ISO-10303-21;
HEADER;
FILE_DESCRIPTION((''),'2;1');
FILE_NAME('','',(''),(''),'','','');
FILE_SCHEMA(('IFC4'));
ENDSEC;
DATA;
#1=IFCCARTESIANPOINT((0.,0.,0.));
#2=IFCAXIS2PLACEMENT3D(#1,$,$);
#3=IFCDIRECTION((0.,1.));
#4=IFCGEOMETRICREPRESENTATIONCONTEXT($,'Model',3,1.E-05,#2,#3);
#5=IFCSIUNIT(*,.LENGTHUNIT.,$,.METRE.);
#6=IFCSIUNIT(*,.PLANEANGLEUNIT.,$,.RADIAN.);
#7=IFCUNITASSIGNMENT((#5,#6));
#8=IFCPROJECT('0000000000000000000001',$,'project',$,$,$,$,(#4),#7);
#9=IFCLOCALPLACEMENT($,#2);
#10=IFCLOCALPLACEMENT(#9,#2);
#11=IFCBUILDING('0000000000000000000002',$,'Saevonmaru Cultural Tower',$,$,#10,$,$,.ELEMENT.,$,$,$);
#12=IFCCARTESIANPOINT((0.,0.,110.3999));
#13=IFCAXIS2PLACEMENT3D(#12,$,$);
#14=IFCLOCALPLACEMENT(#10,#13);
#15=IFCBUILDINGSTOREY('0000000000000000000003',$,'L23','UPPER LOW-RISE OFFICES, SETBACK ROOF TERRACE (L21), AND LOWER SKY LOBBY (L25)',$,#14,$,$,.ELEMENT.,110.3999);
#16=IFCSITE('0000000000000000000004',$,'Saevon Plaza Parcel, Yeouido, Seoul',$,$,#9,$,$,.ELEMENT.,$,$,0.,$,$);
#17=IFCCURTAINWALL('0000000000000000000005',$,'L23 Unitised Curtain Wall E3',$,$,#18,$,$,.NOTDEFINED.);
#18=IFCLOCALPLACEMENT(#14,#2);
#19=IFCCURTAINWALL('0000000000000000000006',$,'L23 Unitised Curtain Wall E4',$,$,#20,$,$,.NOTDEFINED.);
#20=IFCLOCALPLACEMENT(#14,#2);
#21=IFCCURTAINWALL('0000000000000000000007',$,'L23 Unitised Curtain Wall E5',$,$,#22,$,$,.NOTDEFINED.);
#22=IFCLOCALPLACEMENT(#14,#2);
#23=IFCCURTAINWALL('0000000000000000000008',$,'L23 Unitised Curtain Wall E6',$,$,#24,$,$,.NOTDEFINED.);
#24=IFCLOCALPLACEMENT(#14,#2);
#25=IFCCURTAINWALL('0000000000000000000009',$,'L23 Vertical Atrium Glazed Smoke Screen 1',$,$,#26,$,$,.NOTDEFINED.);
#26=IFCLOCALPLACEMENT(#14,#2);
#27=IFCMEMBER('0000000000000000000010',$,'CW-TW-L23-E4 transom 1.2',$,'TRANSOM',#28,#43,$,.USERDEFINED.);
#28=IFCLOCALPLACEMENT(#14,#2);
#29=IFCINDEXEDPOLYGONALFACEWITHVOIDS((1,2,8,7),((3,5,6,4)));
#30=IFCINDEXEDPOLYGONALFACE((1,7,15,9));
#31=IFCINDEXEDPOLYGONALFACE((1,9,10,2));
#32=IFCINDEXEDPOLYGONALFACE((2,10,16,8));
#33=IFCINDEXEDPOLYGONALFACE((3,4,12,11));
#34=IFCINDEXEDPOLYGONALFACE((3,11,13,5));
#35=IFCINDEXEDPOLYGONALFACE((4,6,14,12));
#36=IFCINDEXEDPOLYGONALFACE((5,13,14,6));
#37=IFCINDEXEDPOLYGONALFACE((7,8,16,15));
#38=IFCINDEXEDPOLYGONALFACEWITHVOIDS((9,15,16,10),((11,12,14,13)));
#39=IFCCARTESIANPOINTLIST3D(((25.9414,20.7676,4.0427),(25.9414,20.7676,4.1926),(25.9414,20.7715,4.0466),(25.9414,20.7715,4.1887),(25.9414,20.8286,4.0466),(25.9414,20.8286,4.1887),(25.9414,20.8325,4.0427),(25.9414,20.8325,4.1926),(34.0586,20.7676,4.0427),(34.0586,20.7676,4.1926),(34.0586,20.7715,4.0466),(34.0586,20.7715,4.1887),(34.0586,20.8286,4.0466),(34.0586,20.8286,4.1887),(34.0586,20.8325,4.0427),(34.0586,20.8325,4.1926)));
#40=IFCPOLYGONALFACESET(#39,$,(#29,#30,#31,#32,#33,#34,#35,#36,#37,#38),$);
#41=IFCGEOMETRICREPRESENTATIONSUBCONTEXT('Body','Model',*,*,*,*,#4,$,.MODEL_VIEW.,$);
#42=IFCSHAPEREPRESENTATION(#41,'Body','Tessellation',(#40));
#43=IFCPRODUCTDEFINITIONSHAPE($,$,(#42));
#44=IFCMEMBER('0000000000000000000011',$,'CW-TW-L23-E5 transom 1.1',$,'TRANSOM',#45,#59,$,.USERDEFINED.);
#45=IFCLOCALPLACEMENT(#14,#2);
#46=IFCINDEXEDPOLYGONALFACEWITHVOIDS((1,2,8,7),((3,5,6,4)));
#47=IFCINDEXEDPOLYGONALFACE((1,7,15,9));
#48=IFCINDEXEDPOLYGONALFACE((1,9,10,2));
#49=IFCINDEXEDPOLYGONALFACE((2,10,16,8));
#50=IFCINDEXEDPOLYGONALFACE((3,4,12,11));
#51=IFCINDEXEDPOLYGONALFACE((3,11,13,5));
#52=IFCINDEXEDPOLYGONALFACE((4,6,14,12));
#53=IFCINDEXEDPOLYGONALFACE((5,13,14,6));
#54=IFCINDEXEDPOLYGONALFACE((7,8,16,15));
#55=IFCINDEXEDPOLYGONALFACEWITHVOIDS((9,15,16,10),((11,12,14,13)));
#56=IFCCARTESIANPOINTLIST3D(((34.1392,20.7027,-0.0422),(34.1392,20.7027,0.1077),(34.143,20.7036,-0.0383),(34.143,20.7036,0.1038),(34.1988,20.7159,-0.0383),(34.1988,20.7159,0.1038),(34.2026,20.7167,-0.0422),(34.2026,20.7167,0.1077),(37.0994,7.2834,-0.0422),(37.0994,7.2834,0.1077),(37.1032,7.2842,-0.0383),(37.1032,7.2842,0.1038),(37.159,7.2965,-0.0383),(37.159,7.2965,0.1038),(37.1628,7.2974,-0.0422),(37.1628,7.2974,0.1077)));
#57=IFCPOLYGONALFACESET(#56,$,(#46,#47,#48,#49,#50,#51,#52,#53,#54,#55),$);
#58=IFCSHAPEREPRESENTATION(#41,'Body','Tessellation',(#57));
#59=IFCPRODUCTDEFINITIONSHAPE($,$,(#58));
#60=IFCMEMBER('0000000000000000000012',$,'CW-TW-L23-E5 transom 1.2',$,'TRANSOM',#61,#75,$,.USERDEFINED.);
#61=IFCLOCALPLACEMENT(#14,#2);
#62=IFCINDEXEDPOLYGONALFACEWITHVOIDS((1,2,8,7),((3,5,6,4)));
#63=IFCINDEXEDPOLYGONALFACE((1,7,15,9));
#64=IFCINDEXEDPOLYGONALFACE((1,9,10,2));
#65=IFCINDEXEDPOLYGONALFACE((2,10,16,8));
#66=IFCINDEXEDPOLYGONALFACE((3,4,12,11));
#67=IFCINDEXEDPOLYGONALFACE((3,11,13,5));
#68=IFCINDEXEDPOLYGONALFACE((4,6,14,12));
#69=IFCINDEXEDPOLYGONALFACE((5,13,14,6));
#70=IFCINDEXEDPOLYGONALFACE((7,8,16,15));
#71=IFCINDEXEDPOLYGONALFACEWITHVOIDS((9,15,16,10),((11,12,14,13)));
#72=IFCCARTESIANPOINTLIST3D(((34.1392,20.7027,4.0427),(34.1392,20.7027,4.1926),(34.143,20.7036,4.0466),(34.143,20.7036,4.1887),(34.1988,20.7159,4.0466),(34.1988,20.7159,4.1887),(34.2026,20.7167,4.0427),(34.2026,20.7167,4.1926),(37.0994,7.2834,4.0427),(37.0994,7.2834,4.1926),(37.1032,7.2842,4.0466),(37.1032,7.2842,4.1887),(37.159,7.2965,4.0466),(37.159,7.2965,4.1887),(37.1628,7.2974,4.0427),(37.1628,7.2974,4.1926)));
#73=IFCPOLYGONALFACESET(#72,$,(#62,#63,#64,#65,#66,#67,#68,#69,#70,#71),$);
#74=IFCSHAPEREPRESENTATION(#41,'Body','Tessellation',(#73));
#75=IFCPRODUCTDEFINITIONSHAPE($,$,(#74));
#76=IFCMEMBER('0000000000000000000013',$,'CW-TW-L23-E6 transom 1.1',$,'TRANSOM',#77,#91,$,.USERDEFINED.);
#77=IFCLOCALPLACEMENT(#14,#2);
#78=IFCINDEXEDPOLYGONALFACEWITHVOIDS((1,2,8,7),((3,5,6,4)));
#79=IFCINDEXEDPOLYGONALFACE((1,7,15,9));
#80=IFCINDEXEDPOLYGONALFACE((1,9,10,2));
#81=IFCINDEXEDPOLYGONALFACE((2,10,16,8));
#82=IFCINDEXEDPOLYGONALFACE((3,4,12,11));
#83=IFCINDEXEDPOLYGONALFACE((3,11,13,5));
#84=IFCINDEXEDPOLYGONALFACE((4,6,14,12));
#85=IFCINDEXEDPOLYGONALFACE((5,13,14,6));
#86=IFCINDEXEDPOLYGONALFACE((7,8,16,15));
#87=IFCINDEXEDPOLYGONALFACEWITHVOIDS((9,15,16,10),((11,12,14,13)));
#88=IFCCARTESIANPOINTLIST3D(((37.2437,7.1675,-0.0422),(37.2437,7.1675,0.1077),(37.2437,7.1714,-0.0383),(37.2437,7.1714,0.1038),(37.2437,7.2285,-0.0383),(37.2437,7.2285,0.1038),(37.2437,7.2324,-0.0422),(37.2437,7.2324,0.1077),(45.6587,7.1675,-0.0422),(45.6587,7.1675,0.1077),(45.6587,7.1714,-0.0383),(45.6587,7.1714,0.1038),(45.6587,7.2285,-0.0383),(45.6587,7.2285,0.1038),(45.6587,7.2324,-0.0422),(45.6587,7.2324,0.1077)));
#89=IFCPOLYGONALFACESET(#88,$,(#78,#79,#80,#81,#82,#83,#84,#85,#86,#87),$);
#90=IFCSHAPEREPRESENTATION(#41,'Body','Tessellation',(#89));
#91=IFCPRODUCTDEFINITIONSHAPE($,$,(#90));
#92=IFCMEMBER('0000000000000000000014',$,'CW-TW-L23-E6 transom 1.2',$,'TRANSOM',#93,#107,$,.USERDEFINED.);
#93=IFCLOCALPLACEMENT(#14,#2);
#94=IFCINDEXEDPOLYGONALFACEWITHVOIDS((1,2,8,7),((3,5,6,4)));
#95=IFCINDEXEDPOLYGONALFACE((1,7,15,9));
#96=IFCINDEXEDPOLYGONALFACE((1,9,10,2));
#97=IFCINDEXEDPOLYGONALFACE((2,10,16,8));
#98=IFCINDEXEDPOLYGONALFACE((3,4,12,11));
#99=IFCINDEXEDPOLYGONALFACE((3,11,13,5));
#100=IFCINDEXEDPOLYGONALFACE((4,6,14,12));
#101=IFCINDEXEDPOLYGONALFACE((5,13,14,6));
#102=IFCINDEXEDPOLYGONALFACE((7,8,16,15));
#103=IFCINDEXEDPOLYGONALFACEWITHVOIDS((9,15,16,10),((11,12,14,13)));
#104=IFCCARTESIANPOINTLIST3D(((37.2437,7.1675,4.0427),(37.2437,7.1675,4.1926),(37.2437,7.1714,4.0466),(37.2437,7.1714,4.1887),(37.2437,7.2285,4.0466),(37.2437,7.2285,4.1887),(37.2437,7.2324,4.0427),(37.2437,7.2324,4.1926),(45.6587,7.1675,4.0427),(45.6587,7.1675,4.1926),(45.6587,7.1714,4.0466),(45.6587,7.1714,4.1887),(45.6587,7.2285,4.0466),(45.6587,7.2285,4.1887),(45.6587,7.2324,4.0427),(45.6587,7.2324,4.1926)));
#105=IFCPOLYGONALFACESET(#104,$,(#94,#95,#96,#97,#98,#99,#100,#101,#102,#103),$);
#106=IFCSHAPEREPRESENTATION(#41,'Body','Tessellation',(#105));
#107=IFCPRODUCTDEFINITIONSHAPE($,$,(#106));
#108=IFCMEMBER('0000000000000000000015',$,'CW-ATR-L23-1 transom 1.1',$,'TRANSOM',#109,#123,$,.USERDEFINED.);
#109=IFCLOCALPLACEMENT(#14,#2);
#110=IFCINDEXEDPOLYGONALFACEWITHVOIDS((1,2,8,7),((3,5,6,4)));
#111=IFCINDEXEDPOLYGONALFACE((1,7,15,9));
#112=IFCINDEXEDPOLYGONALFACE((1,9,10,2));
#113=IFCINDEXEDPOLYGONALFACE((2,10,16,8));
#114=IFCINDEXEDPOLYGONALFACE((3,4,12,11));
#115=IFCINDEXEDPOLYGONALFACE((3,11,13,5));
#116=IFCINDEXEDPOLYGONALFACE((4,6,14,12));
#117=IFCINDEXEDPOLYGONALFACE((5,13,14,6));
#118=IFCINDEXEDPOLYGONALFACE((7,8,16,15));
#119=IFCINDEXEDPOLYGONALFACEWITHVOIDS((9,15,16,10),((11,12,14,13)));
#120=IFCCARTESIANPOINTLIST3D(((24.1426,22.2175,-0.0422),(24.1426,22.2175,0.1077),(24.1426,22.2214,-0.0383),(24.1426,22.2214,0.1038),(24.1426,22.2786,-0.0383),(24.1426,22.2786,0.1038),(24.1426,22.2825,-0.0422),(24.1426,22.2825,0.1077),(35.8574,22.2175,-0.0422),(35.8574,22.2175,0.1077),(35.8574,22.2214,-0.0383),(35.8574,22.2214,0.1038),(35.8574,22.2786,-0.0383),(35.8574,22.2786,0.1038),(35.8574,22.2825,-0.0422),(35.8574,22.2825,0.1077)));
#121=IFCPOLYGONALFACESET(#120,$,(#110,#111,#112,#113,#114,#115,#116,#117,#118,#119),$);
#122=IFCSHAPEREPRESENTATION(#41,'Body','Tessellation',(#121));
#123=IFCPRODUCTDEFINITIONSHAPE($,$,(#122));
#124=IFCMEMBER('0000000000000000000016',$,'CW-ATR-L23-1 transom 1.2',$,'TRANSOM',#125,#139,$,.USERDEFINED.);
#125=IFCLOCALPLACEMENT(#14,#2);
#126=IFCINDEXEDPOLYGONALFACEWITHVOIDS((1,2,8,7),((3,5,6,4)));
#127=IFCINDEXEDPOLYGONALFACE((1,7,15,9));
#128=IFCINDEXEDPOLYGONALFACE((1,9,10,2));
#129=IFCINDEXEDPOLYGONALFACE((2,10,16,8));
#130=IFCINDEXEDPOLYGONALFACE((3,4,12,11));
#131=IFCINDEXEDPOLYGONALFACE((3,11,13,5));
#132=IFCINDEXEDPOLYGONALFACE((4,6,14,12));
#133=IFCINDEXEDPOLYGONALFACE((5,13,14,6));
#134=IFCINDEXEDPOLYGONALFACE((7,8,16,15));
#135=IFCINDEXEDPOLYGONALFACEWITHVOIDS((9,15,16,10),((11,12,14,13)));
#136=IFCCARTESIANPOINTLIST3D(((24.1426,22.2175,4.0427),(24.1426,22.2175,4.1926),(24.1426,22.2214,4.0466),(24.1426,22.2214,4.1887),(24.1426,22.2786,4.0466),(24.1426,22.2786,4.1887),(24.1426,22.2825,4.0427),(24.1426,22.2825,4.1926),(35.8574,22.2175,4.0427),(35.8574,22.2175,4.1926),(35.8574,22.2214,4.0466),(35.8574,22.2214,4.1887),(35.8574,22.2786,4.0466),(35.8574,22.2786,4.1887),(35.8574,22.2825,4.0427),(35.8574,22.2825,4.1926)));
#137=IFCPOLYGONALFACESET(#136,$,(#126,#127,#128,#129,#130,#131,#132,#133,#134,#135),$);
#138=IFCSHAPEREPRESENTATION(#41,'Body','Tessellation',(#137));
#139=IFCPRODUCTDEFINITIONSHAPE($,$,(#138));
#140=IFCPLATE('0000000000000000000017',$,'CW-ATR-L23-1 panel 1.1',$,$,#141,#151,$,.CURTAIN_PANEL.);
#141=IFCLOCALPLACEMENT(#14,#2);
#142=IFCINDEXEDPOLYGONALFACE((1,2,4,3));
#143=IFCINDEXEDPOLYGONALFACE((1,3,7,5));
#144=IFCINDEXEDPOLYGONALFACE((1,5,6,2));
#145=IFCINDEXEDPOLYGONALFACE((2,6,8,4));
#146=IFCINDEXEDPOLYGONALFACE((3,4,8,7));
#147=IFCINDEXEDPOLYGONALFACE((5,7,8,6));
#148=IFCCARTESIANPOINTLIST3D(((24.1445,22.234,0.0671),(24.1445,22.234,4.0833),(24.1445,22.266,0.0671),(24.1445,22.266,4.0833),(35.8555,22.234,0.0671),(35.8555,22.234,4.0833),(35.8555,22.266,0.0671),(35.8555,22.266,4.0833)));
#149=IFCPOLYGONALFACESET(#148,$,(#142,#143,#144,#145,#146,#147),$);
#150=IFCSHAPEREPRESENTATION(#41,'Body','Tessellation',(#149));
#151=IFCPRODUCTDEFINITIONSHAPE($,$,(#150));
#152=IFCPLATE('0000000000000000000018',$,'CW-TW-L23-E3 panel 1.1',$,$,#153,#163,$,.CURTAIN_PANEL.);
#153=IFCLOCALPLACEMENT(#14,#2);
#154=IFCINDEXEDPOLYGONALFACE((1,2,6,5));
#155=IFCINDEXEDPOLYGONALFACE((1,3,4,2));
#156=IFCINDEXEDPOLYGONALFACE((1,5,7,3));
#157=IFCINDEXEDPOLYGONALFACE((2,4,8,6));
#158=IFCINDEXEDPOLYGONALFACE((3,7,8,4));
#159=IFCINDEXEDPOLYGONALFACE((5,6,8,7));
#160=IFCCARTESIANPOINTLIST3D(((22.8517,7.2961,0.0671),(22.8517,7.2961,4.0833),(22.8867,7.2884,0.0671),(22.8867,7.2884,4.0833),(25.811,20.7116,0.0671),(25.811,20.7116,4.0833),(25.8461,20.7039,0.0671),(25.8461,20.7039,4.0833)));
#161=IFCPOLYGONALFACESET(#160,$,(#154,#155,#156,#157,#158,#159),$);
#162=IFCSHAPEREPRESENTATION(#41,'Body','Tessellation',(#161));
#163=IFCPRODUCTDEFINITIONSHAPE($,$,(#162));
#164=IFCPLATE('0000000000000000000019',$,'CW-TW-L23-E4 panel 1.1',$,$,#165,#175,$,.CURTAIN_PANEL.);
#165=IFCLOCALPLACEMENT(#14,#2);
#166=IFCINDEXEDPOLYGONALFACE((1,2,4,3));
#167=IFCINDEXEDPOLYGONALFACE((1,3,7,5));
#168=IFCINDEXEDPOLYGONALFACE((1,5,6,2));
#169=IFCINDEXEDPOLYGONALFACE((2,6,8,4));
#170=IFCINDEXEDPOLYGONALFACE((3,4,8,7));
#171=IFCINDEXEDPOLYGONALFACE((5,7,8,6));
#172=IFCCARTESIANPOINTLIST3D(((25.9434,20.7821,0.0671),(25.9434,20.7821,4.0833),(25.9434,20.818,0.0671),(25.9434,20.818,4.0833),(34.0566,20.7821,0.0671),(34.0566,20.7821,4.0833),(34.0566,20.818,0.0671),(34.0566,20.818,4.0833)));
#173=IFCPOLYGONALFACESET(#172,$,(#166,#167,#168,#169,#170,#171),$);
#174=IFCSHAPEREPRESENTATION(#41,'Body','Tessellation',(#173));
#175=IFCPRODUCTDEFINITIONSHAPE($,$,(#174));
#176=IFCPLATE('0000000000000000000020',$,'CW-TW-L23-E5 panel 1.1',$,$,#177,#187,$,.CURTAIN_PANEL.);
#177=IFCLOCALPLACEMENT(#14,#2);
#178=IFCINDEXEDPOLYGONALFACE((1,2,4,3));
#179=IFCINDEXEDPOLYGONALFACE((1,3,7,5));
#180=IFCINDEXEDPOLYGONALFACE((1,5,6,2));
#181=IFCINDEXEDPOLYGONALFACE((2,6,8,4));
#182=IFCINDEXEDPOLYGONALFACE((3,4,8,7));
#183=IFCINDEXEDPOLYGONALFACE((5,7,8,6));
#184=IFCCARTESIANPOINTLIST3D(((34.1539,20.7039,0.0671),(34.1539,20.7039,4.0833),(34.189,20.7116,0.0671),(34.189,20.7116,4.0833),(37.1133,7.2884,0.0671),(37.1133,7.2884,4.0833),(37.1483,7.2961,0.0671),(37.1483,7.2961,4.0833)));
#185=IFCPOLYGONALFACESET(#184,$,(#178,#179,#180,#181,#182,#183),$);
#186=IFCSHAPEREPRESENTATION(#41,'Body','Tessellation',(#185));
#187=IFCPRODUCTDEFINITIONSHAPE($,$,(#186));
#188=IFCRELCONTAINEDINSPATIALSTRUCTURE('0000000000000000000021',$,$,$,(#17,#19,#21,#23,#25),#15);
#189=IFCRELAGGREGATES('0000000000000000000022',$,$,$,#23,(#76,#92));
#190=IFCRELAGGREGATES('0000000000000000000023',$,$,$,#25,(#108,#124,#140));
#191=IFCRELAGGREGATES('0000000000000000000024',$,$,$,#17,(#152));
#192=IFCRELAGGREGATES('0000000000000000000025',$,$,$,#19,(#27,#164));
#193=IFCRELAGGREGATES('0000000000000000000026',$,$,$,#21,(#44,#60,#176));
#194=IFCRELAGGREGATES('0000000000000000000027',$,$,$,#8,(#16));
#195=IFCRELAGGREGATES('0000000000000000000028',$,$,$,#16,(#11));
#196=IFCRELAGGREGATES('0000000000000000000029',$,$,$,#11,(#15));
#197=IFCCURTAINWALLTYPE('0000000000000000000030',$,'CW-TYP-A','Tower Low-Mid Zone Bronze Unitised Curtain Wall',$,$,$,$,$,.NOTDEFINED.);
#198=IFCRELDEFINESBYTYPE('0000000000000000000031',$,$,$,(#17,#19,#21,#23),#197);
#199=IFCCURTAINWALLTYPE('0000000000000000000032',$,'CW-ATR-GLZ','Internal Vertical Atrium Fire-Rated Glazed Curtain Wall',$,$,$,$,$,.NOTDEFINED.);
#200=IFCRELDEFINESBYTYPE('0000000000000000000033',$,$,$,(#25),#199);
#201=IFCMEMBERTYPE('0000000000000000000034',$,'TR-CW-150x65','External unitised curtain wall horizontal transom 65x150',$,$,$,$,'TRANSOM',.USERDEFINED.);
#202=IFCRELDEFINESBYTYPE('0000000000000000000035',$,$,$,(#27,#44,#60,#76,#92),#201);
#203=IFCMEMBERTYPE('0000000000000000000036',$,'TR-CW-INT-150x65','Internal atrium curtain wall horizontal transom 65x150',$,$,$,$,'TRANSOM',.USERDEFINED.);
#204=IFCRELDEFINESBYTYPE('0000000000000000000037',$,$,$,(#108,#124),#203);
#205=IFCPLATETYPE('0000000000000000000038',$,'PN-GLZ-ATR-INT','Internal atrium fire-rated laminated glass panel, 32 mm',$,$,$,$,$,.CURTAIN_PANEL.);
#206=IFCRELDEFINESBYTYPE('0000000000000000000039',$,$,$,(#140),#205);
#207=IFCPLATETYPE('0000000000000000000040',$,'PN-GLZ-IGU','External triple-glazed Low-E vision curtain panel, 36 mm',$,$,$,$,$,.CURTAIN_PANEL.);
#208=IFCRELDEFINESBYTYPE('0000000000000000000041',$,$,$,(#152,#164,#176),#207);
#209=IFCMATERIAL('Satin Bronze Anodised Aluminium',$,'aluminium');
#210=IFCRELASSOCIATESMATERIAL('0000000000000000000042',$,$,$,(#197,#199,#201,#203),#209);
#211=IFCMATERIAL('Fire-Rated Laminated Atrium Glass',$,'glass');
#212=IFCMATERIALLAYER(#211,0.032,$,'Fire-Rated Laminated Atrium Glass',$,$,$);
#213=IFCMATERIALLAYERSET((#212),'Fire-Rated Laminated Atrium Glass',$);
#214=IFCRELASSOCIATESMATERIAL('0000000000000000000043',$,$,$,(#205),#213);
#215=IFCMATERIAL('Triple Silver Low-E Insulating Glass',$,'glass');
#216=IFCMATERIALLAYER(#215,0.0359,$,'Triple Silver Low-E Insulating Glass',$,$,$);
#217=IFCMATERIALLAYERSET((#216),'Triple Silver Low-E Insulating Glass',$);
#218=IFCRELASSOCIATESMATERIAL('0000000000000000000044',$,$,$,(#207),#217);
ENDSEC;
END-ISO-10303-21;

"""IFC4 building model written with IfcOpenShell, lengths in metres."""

from ifc_helpers import new_model, si_unit, direction, frame, origin, origin_2d, place, context, subcontext, project, spatial, rectangle, hollow_rectangle, extrude, material, layer, layer_set, material_profile, profile_set, type_object, element, aggregate, save


model = new_model("IFC4")

# Units and contexts
model_context = context("Model", 3, precision=1e-05, world=origin(), true_north=direction((0.0, 1.0)))
body_context = subcontext(model_context, "Body", "Model", "MODEL_VIEW")
ifc_project = project(units=[si_unit("LENGTHUNIT", "METRE"), si_unit("PLANEANGLEUNIT", "RADIAN")], contexts=[model_context])

# Site, building, storey
site_placement = place(None, origin())
site = spatial("IfcSite", under=ifc_project, at=site_placement, Name="Saevon Plaza Parcel, Yeouido, Seoul", CompositionType="ELEMENT", RefElevation=0.0)
building_placement = place(site_placement, origin())
building = spatial("IfcBuilding", under=site, at=building_placement, Name="Saevonmaru Cultural Tower", CompositionType="ELEMENT")
storey_placement = place(building_placement, frame((0.0, 0.0, 110.3999)))
storey = spatial("IfcBuildingStorey", under=building, at=storey_placement, Name="L23", Description="UPPER LOW-RISE OFFICES, SETBACK ROOF TERRACE (L21), AND LOWER SKY LOBBY (L25)", CompositionType="ELEMENT", Elevation=110.3999)

# Curtain wall
ifc_material_1 = material(Name="Satin Bronze Anodised Aluminium", Category="aluminium")
curtain_wall_type_1 = type_object("IfcCurtainWallType", Name="CW-TYP-A", Description="Tower Low-Mid Zone Bronze Unitised Curtain Wall", PredefinedType="NOTDEFINED", material=ifc_material_1)
curtain_wall_1_placement = place(storey_placement, origin())
curtain_wall_1 = element("IfcCurtainWall", 1, at=curtain_wall_1_placement, inside=storey, type_object=curtain_wall_type_1, Name="L23 Unitised Curtain Wall E3", PredefinedType="NOTDEFINED")

# Curtain walls
curtain_wall_2_placement = place(storey_placement, origin())
curtain_wall_2 = element("IfcCurtainWall", 2, at=curtain_wall_2_placement, inside=storey, type_object=curtain_wall_type_1, Name="L23 Unitised Curtain Wall E4", PredefinedType="NOTDEFINED")
curtain_wall_3_placement = place(storey_placement, origin())
curtain_wall_3 = element("IfcCurtainWall", 3, at=curtain_wall_3_placement, inside=storey, type_object=curtain_wall_type_1, Name="L23 Unitised Curtain Wall E5", PredefinedType="NOTDEFINED")

# Curtain wall
curtain_wall_4_placement = place(storey_placement, origin())
curtain_wall_4 = element("IfcCurtainWall", 4, at=curtain_wall_4_placement, inside=storey, type_object=curtain_wall_type_1, Name="L23 Unitised Curtain Wall E6", PredefinedType="NOTDEFINED")

# Curtain wall
curtain_wall_type_2 = type_object("IfcCurtainWallType", Name="CW-ATR-GLZ", Description="Internal Vertical Atrium Fire-Rated Glazed Curtain Wall", PredefinedType="NOTDEFINED", material=ifc_material_1)
curtain_wall_5_placement = place(storey_placement, origin())
curtain_wall_5 = element("IfcCurtainWall", 5, at=curtain_wall_5_placement, inside=storey, type_object=curtain_wall_type_2, Name="L23 Vertical Atrium Glazed Smoke Screen 1", PredefinedType="NOTDEFINED")

# Members
ifc_material_profile_1 = material_profile(ifc_material_1, hollow_rectangle(XDim=0.0649, YDim=0.1499, WallThickness=0.0039, at=origin_2d()), Name="ALU-TRAN-150x65x4")
ifc_profile_set_1 = profile_set([ifc_material_profile_1], Name="Satin Bronze Anodised Aluminium")
member_type_1 = type_object("IfcMemberType", Name="TR-CW-150x65", Description="External unitised curtain wall horizontal transom 65x150", ElementType="TRANSOM", PredefinedType="USERDEFINED", material=ifc_profile_set_1)
member_1_placement = place(storey_placement, frame((25.9414, 20.8, 4.1177), z_axis=(1.0, 0.0, 0.0), x_axis=(0.0, 1.0, 0.0)))
member_1 = element("IfcMember", 6, at=member_1_placement, type_object=member_type_1, Name="CW-TW-L23-E4 transom 1.2", ObjectType="TRANSOM", PredefinedType="USERDEFINED", context=body_context, shape_type="SweptSolid", body=[
    extrude(hollow_rectangle(XDim=0.0649, YDim=0.1499, WallThickness=0.0039, at=origin_2d()), origin(), (0.0, 0.0, 1.0), 8.1172),
])
member_2_placement = place(storey_placement, frame((34.1709, 20.7097, 0.0327), z_axis=(0.215412, -0.976523, 0.0), x_axis=(0.976523, 0.215412, 0.0)))
member_2 = element("IfcMember", 7, at=member_2_placement, type_object=member_type_1, Name="CW-TW-L23-E5 transom 1.1", ObjectType="TRANSOM", PredefinedType="USERDEFINED", context=body_context, shape_type="SweptSolid", body=[
    extrude(hollow_rectangle(XDim=0.0649, YDim=0.1499, WallThickness=0.0039, at=origin_2d()), origin(), (0.0, 0.0, 1.0), 13.7419),
])
member_3_placement = place(storey_placement, frame((34.1709, 20.7097, 4.1177), z_axis=(0.215412, -0.976523, 0.0), x_axis=(0.976523, 0.215412, 0.0)))
member_3 = element("IfcMember", 8, at=member_3_placement, type_object=member_type_1, Name="CW-TW-L23-E5 transom 1.2", ObjectType="TRANSOM", PredefinedType="USERDEFINED", context=body_context, shape_type="SweptSolid", body=[
    extrude(hollow_rectangle(XDim=0.0649, YDim=0.1499, WallThickness=0.0039, at=origin_2d()), origin(), (0.0, 0.0, 1.0), 13.7419),
])
member_4_placement = place(storey_placement, frame((37.2437, 7.2, 0.0327), z_axis=(1.0, 0.0, 0.0), x_axis=(0.0, 1.0, 0.0)))
member_4 = element("IfcMember", 9, at=member_4_placement, type_object=member_type_1, Name="CW-TW-L23-E6 transom 1.1", ObjectType="TRANSOM", PredefinedType="USERDEFINED", context=body_context, shape_type="SweptSolid", body=[
    extrude(hollow_rectangle(XDim=0.0649, YDim=0.1499, WallThickness=0.0039, at=origin_2d()), origin(), (0.0, 0.0, 1.0), 8.415),
])
member_5_placement = place(storey_placement, frame((37.2437, 7.2, 4.1177), z_axis=(1.0, 0.0, 0.0), x_axis=(0.0, 1.0, 0.0)))
member_5 = element("IfcMember", 10, at=member_5_placement, type_object=member_type_1, Name="CW-TW-L23-E6 transom 1.2", ObjectType="TRANSOM", PredefinedType="USERDEFINED", context=body_context, shape_type="SweptSolid", body=[
    extrude(hollow_rectangle(XDim=0.0649, YDim=0.1499, WallThickness=0.0039, at=origin_2d()), origin(), (0.0, 0.0, 1.0), 8.415),
])
aggregate(curtain_wall_4, [member_4, member_5])
ifc_material_profile_2 = material_profile(ifc_material_1, hollow_rectangle(XDim=0.0649, YDim=0.1499, WallThickness=0.0039, at=origin_2d()), Name="ALU-TRAN-150x65x4")
ifc_profile_set_2 = profile_set([ifc_material_profile_2], Name="Satin Bronze Anodised Aluminium")
member_type_2 = type_object("IfcMemberType", Name="TR-CW-INT-150x65", Description="Internal atrium curtain wall horizontal transom 65x150", ElementType="TRANSOM", PredefinedType="USERDEFINED", material=ifc_profile_set_2)
member_6_placement = place(storey_placement, frame((24.1426, 22.25, 0.0327), z_axis=(1.0, 0.0, 0.0), x_axis=(0.0, 1.0, 0.0)))
member_6 = element("IfcMember", 11, at=member_6_placement, type_object=member_type_2, Name="CW-ATR-L23-1 transom 1.1", ObjectType="TRANSOM", PredefinedType="USERDEFINED", context=body_context, shape_type="SweptSolid", body=[
    extrude(hollow_rectangle(XDim=0.0649, YDim=0.1499, WallThickness=0.0039, at=origin_2d()), origin(), (0.0, 0.0, 1.0), 11.7148),
])
member_7_placement = place(storey_placement, frame((24.1426, 22.25, 4.1177), z_axis=(1.0, 0.0, 0.0), x_axis=(0.0, 1.0, 0.0)))
member_7 = element("IfcMember", 12, at=member_7_placement, type_object=member_type_2, Name="CW-ATR-L23-1 transom 1.2", ObjectType="TRANSOM", PredefinedType="USERDEFINED", context=body_context, shape_type="SweptSolid", body=[
    extrude(hollow_rectangle(XDim=0.0649, YDim=0.1499, WallThickness=0.0039, at=origin_2d()), origin(), (0.0, 0.0, 1.0), 11.7148),
])

# Plates
ifc_material_2 = material(Name="Fire-Rated Laminated Atrium Glass", Category="glass")
ifc_layer_1 = layer(ifc_material_2, 0.032, Name="Fire-Rated Laminated Atrium Glass")
ifc_layer_set_1 = layer_set([ifc_layer_1], Name="Fire-Rated Laminated Atrium Glass")
plate_type_1 = type_object("IfcPlateType", Name="PN-GLZ-ATR-INT", Description="Internal atrium fire-rated laminated glass panel, 32 mm", PredefinedType="CURTAIN_PANEL", material=ifc_layer_set_1)
plate_1_placement = place(storey_placement, frame((30.0, 22.25, 0.0671), z_axis=(0.0, 0.0, 1.0), x_axis=(1.0, 0.0, 0.0)))
plate_1 = element("IfcPlate", 13, at=plate_1_placement, type_object=plate_type_1, Name="CW-ATR-L23-1 panel 1.1", PredefinedType="CURTAIN_PANEL", context=body_context, shape_type="SweptSolid", body=[
    extrude(rectangle(XDim=11.7109, YDim=0.032, at=origin_2d()), origin(), (0.0, 0.0, 1.0), 4.0161),
])
aggregate(curtain_wall_5, [member_6, member_7, plate_1])
ifc_material_3 = material(Name="Triple Silver Low-E Insulating Glass", Category="glass")
ifc_layer_2 = layer(ifc_material_3, 0.0359, Name="Triple Silver Low-E Insulating Glass")
ifc_layer_set_2 = layer_set([ifc_layer_2], Name="Triple Silver Low-E Insulating Glass")
plate_type_2 = type_object("IfcPlateType", Name="PN-GLZ-IGU", Description="External triple-glazed Low-E vision curtain panel, 36 mm", PredefinedType="CURTAIN_PANEL", material=ifc_layer_set_2)
plate_2_placement = place(storey_placement, frame((24.3489, 14.0, 0.0671), z_axis=(0.0, 0.0, 1.0), x_axis=(0.215413, 0.976523, 0.0)))
plate_2 = element("IfcPlate", 14, at=plate_2_placement, type_object=plate_type_2, Name="CW-TW-L23-E3 panel 1.1", PredefinedType="CURTAIN_PANEL", context=body_context, shape_type="SweptSolid", body=[
    extrude(rectangle(XDim=13.738, YDim=0.0359, at=origin_2d()), origin(), (0.0, 0.0, 1.0), 4.0161),
])
aggregate(curtain_wall_1, [plate_2])
plate_3_placement = place(storey_placement, frame((30.0, 20.8, 0.0671), z_axis=(0.0, 0.0, 1.0), x_axis=(1.0, 0.0, 0.0)))
plate_3 = element("IfcPlate", 15, at=plate_3_placement, type_object=plate_type_2, Name="CW-TW-L23-E4 panel 1.1", PredefinedType="CURTAIN_PANEL", context=body_context, shape_type="SweptSolid", body=[
    extrude(rectangle(XDim=8.1133, YDim=0.0359, at=origin_2d()), origin(), (0.0, 0.0, 1.0), 4.0161),
])
aggregate(curtain_wall_2, [member_1, plate_3])
plate_4_placement = place(storey_placement, frame((35.6511, 14.0, 0.0671), z_axis=(0.0, 0.0, 1.0), x_axis=(0.215413, -0.976523, 0.0)))
plate_4 = element("IfcPlate", 16, at=plate_4_placement, type_object=plate_type_2, Name="CW-TW-L23-E5 panel 1.1", PredefinedType="CURTAIN_PANEL", context=body_context, shape_type="SweptSolid", body=[
    extrude(rectangle(XDim=13.738, YDim=0.0359, at=origin_2d()), origin(), (0.0, 0.0, 1.0), 4.0161),
])
aggregate(curtain_wall_3, [member_2, member_3, plate_4])

save(model, "model.ifc")
